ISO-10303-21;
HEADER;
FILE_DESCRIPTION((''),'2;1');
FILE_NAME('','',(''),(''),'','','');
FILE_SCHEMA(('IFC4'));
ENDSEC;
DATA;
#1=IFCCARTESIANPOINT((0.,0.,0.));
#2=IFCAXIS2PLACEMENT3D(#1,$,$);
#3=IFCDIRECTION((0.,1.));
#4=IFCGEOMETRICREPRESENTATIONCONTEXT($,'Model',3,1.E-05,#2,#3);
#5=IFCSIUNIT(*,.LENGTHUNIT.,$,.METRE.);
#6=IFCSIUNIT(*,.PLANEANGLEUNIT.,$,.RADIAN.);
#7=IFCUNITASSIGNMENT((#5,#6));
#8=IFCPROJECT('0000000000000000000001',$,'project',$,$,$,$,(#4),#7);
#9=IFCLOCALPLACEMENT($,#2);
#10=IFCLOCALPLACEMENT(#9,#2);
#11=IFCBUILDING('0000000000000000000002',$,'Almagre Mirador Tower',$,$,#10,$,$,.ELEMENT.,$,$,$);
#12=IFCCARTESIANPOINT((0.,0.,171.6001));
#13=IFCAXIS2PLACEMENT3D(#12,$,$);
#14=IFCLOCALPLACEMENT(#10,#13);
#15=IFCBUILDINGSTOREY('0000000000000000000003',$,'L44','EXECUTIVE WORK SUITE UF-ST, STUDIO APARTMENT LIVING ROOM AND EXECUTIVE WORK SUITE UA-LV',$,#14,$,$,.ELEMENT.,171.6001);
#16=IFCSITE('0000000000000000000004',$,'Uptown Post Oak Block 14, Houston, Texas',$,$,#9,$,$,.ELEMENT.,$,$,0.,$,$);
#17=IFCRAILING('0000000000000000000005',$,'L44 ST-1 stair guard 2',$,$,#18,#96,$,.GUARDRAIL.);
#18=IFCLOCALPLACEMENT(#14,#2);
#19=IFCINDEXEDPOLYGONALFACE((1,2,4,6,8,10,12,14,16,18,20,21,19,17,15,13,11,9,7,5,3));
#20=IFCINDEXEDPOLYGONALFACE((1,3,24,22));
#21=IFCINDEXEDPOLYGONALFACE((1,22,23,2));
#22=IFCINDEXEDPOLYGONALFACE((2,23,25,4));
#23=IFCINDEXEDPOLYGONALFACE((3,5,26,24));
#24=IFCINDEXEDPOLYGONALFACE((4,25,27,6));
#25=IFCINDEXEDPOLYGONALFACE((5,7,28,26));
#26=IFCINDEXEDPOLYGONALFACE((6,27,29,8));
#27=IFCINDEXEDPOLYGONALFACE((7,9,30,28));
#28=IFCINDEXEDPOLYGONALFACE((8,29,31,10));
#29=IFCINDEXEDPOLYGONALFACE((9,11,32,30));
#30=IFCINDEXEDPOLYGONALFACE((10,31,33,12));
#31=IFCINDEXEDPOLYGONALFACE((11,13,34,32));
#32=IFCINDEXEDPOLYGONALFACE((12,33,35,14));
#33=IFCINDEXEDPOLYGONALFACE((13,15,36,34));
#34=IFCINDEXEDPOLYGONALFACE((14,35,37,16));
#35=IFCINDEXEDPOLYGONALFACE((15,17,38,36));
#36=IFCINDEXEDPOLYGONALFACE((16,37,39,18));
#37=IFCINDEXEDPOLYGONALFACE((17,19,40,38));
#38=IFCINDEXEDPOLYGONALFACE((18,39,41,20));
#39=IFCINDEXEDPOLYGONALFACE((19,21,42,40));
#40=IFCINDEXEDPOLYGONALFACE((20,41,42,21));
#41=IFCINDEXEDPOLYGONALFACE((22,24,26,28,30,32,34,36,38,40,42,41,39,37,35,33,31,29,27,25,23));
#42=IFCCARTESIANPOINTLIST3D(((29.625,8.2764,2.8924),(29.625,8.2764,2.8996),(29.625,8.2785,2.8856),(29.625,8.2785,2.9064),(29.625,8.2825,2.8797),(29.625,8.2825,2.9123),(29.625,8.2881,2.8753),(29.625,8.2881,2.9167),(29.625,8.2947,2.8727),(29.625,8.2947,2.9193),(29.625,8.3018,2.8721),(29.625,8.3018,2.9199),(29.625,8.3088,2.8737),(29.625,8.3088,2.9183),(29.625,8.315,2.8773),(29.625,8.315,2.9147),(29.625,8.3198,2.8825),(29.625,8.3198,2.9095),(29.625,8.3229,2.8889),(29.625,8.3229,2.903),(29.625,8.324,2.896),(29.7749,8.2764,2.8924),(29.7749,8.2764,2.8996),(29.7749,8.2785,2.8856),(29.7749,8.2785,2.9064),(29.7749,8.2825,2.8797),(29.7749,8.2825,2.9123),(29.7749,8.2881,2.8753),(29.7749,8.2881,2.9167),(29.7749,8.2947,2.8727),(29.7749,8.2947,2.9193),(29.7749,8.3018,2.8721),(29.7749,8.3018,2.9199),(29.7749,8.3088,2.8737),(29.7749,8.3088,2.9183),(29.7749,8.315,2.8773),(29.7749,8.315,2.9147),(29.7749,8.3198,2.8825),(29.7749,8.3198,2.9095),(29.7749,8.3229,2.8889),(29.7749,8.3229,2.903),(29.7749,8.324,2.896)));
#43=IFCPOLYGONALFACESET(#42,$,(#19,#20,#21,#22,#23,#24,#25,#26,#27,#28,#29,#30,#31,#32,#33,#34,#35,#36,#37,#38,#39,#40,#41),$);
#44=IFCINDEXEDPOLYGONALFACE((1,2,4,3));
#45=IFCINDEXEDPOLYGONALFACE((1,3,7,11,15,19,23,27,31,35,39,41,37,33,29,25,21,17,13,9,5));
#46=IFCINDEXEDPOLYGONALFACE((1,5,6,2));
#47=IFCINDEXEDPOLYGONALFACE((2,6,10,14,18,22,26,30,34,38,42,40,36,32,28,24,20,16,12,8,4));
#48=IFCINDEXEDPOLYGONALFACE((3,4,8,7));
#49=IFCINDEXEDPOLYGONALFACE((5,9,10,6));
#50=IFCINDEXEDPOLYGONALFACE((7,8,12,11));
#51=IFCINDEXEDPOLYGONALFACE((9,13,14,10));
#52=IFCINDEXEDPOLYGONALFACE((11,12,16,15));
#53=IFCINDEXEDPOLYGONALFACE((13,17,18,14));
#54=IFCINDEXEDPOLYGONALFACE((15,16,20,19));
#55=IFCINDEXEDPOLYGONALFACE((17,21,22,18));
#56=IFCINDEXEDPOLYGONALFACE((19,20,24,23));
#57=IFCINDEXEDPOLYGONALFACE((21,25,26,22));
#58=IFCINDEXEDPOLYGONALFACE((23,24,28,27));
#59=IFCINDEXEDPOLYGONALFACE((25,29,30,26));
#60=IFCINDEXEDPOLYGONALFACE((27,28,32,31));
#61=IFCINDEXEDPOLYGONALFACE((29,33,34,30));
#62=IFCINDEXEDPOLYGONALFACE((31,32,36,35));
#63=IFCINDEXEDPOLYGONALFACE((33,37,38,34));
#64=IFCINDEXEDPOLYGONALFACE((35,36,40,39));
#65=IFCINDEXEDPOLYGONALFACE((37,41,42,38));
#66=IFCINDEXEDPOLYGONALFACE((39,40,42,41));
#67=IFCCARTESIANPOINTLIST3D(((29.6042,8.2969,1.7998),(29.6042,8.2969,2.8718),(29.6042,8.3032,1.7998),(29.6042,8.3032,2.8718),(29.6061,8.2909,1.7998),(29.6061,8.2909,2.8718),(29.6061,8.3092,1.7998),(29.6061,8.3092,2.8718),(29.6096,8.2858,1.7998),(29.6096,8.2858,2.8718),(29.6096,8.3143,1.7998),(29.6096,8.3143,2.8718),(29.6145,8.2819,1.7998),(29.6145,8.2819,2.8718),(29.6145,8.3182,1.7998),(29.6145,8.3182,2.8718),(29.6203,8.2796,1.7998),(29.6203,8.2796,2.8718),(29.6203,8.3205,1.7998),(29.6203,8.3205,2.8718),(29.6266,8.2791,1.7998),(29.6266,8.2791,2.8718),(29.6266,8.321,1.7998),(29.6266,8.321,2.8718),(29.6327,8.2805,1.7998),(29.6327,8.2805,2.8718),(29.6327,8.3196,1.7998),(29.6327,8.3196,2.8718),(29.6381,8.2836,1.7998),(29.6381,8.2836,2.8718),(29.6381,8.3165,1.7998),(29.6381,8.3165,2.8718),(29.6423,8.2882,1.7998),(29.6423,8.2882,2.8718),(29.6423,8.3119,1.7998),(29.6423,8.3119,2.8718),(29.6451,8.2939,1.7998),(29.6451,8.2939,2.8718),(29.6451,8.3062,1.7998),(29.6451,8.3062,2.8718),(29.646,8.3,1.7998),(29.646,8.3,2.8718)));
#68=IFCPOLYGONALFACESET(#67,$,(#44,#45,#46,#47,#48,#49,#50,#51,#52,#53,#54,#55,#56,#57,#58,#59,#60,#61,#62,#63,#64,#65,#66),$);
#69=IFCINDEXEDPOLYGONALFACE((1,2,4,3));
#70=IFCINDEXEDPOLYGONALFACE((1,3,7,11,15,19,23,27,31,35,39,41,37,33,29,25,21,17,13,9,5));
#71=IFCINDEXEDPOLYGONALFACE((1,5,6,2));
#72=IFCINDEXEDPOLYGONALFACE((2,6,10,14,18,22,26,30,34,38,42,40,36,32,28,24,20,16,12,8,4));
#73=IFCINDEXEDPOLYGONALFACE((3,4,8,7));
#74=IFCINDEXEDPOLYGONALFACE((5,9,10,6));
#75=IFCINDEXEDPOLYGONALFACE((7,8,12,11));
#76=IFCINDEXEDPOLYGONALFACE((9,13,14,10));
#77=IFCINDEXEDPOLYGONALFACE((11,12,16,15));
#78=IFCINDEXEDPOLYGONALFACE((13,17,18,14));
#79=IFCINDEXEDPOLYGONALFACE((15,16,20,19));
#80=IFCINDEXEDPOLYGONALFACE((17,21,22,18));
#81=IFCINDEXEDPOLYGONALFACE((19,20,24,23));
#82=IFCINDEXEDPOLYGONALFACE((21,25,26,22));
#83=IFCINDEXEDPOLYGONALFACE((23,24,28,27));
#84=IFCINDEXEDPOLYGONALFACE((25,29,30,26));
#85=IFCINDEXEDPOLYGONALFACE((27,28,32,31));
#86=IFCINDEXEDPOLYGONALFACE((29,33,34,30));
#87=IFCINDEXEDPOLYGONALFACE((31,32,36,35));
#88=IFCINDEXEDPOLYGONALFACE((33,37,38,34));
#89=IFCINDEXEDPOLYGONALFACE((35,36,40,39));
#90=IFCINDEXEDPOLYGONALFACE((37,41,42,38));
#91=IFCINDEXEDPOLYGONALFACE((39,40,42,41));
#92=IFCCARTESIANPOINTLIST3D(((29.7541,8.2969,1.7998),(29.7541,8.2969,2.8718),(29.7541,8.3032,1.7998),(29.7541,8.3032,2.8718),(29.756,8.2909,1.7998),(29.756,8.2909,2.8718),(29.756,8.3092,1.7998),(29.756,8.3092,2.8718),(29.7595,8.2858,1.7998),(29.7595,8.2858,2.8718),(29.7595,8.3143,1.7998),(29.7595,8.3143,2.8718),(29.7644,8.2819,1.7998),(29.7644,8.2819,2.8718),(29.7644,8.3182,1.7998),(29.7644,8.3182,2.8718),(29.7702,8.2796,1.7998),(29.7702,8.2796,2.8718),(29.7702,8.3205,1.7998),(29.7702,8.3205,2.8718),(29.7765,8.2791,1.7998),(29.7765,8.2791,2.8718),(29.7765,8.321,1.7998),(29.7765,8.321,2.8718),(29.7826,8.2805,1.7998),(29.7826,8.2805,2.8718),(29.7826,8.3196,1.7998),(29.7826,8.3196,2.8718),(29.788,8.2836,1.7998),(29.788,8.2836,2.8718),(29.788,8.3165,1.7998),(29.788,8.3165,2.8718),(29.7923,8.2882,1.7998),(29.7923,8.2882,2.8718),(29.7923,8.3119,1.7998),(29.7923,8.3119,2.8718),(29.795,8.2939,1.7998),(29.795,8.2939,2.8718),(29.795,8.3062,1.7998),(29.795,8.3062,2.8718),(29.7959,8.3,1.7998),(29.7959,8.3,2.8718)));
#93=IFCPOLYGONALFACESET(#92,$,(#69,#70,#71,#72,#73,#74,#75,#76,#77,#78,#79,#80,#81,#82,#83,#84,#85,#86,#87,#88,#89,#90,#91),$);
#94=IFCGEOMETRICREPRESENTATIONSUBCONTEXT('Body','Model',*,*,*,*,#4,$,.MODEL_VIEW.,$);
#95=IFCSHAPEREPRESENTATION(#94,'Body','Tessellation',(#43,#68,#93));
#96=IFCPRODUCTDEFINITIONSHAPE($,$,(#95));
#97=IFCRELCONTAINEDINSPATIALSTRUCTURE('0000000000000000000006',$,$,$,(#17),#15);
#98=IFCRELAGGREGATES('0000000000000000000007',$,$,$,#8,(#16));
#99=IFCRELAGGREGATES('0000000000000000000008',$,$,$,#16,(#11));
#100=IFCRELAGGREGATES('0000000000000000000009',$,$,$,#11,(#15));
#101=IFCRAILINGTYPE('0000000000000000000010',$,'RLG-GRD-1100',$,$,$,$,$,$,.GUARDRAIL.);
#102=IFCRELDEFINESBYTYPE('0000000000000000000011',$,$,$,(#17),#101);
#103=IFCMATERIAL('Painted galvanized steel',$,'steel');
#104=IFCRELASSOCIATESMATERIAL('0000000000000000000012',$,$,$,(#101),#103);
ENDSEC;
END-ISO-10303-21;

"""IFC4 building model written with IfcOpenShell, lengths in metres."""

from ifc_helpers import new_model, si_unit, direction, frame, origin, origin_2d, place, context, subcontext, project, spatial, circle, extrude, material, type_object, element, save


model = new_model("IFC4")

# Units and contexts
model_context = context("Model", 3, precision=1e-05, world=origin(), true_north=direction((0.0, 1.0)))
body_context = subcontext(model_context, "Body", "Model", "MODEL_VIEW")
ifc_project = project(units=[si_unit("LENGTHUNIT", "METRE"), si_unit("PLANEANGLEUNIT", "RADIAN")], contexts=[model_context])

# Site, building, storey
site_placement = place(None, origin())
site = spatial("IfcSite", under=ifc_project, at=site_placement, Name="Uptown Post Oak Block 14, Houston, Texas", CompositionType="ELEMENT", RefElevation=0.0)
building_placement = place(site_placement, origin())
building = spatial("IfcBuilding", under=site, at=building_placement, Name="Almagre Mirador Tower", CompositionType="ELEMENT")
storey_placement = place(building_placement, frame((0.0, 0.0, 171.6001)))
storey = spatial("IfcBuildingStorey", under=building, at=storey_placement, Name="L44", Description="EXECUTIVE WORK SUITE UF-ST, STUDIO APARTMENT LIVING ROOM AND EXECUTIVE WORK SUITE UA-LV", CompositionType="ELEMENT", Elevation=171.6001)

# Railing
ifc_material_1 = material(Name="Painted galvanized steel", Category="steel")
railing_type_1 = type_object("IfcRailingType", Name="RLG-GRD-1100", PredefinedType="GUARDRAIL", material=ifc_material_1)
railing_1_placement = place(storey_placement, frame((29.625, 8.3, 1.7998)))
element("IfcRailing", 1, at=railing_1_placement, inside=storey, type_object=railing_type_1, Name="L44 ST-1 stair guard 2", PredefinedType="GUARDRAIL", context=body_context, shape_type="SweptSolid", body=[
    extrude(circle(Radius=0.0239, at=origin_2d()), frame((0.0, 0.0, 1.0962), z_axis=(1.0, 0.0, 0.0), x_axis=(0.0, 1.0, 0.0)), (0.0, 0.0, 1.0), 0.1499),
    extrude(circle(Radius=0.021, at=origin_2d()), origin(), (0.0, 0.0, 1.0), 1.072),
    extrude(circle(Radius=0.021, at=origin_2d()), frame((0.1499, 0.0, 0.0)), (0.0, 0.0, 1.0), 1.072),
])

save(model, "model.ifc")
